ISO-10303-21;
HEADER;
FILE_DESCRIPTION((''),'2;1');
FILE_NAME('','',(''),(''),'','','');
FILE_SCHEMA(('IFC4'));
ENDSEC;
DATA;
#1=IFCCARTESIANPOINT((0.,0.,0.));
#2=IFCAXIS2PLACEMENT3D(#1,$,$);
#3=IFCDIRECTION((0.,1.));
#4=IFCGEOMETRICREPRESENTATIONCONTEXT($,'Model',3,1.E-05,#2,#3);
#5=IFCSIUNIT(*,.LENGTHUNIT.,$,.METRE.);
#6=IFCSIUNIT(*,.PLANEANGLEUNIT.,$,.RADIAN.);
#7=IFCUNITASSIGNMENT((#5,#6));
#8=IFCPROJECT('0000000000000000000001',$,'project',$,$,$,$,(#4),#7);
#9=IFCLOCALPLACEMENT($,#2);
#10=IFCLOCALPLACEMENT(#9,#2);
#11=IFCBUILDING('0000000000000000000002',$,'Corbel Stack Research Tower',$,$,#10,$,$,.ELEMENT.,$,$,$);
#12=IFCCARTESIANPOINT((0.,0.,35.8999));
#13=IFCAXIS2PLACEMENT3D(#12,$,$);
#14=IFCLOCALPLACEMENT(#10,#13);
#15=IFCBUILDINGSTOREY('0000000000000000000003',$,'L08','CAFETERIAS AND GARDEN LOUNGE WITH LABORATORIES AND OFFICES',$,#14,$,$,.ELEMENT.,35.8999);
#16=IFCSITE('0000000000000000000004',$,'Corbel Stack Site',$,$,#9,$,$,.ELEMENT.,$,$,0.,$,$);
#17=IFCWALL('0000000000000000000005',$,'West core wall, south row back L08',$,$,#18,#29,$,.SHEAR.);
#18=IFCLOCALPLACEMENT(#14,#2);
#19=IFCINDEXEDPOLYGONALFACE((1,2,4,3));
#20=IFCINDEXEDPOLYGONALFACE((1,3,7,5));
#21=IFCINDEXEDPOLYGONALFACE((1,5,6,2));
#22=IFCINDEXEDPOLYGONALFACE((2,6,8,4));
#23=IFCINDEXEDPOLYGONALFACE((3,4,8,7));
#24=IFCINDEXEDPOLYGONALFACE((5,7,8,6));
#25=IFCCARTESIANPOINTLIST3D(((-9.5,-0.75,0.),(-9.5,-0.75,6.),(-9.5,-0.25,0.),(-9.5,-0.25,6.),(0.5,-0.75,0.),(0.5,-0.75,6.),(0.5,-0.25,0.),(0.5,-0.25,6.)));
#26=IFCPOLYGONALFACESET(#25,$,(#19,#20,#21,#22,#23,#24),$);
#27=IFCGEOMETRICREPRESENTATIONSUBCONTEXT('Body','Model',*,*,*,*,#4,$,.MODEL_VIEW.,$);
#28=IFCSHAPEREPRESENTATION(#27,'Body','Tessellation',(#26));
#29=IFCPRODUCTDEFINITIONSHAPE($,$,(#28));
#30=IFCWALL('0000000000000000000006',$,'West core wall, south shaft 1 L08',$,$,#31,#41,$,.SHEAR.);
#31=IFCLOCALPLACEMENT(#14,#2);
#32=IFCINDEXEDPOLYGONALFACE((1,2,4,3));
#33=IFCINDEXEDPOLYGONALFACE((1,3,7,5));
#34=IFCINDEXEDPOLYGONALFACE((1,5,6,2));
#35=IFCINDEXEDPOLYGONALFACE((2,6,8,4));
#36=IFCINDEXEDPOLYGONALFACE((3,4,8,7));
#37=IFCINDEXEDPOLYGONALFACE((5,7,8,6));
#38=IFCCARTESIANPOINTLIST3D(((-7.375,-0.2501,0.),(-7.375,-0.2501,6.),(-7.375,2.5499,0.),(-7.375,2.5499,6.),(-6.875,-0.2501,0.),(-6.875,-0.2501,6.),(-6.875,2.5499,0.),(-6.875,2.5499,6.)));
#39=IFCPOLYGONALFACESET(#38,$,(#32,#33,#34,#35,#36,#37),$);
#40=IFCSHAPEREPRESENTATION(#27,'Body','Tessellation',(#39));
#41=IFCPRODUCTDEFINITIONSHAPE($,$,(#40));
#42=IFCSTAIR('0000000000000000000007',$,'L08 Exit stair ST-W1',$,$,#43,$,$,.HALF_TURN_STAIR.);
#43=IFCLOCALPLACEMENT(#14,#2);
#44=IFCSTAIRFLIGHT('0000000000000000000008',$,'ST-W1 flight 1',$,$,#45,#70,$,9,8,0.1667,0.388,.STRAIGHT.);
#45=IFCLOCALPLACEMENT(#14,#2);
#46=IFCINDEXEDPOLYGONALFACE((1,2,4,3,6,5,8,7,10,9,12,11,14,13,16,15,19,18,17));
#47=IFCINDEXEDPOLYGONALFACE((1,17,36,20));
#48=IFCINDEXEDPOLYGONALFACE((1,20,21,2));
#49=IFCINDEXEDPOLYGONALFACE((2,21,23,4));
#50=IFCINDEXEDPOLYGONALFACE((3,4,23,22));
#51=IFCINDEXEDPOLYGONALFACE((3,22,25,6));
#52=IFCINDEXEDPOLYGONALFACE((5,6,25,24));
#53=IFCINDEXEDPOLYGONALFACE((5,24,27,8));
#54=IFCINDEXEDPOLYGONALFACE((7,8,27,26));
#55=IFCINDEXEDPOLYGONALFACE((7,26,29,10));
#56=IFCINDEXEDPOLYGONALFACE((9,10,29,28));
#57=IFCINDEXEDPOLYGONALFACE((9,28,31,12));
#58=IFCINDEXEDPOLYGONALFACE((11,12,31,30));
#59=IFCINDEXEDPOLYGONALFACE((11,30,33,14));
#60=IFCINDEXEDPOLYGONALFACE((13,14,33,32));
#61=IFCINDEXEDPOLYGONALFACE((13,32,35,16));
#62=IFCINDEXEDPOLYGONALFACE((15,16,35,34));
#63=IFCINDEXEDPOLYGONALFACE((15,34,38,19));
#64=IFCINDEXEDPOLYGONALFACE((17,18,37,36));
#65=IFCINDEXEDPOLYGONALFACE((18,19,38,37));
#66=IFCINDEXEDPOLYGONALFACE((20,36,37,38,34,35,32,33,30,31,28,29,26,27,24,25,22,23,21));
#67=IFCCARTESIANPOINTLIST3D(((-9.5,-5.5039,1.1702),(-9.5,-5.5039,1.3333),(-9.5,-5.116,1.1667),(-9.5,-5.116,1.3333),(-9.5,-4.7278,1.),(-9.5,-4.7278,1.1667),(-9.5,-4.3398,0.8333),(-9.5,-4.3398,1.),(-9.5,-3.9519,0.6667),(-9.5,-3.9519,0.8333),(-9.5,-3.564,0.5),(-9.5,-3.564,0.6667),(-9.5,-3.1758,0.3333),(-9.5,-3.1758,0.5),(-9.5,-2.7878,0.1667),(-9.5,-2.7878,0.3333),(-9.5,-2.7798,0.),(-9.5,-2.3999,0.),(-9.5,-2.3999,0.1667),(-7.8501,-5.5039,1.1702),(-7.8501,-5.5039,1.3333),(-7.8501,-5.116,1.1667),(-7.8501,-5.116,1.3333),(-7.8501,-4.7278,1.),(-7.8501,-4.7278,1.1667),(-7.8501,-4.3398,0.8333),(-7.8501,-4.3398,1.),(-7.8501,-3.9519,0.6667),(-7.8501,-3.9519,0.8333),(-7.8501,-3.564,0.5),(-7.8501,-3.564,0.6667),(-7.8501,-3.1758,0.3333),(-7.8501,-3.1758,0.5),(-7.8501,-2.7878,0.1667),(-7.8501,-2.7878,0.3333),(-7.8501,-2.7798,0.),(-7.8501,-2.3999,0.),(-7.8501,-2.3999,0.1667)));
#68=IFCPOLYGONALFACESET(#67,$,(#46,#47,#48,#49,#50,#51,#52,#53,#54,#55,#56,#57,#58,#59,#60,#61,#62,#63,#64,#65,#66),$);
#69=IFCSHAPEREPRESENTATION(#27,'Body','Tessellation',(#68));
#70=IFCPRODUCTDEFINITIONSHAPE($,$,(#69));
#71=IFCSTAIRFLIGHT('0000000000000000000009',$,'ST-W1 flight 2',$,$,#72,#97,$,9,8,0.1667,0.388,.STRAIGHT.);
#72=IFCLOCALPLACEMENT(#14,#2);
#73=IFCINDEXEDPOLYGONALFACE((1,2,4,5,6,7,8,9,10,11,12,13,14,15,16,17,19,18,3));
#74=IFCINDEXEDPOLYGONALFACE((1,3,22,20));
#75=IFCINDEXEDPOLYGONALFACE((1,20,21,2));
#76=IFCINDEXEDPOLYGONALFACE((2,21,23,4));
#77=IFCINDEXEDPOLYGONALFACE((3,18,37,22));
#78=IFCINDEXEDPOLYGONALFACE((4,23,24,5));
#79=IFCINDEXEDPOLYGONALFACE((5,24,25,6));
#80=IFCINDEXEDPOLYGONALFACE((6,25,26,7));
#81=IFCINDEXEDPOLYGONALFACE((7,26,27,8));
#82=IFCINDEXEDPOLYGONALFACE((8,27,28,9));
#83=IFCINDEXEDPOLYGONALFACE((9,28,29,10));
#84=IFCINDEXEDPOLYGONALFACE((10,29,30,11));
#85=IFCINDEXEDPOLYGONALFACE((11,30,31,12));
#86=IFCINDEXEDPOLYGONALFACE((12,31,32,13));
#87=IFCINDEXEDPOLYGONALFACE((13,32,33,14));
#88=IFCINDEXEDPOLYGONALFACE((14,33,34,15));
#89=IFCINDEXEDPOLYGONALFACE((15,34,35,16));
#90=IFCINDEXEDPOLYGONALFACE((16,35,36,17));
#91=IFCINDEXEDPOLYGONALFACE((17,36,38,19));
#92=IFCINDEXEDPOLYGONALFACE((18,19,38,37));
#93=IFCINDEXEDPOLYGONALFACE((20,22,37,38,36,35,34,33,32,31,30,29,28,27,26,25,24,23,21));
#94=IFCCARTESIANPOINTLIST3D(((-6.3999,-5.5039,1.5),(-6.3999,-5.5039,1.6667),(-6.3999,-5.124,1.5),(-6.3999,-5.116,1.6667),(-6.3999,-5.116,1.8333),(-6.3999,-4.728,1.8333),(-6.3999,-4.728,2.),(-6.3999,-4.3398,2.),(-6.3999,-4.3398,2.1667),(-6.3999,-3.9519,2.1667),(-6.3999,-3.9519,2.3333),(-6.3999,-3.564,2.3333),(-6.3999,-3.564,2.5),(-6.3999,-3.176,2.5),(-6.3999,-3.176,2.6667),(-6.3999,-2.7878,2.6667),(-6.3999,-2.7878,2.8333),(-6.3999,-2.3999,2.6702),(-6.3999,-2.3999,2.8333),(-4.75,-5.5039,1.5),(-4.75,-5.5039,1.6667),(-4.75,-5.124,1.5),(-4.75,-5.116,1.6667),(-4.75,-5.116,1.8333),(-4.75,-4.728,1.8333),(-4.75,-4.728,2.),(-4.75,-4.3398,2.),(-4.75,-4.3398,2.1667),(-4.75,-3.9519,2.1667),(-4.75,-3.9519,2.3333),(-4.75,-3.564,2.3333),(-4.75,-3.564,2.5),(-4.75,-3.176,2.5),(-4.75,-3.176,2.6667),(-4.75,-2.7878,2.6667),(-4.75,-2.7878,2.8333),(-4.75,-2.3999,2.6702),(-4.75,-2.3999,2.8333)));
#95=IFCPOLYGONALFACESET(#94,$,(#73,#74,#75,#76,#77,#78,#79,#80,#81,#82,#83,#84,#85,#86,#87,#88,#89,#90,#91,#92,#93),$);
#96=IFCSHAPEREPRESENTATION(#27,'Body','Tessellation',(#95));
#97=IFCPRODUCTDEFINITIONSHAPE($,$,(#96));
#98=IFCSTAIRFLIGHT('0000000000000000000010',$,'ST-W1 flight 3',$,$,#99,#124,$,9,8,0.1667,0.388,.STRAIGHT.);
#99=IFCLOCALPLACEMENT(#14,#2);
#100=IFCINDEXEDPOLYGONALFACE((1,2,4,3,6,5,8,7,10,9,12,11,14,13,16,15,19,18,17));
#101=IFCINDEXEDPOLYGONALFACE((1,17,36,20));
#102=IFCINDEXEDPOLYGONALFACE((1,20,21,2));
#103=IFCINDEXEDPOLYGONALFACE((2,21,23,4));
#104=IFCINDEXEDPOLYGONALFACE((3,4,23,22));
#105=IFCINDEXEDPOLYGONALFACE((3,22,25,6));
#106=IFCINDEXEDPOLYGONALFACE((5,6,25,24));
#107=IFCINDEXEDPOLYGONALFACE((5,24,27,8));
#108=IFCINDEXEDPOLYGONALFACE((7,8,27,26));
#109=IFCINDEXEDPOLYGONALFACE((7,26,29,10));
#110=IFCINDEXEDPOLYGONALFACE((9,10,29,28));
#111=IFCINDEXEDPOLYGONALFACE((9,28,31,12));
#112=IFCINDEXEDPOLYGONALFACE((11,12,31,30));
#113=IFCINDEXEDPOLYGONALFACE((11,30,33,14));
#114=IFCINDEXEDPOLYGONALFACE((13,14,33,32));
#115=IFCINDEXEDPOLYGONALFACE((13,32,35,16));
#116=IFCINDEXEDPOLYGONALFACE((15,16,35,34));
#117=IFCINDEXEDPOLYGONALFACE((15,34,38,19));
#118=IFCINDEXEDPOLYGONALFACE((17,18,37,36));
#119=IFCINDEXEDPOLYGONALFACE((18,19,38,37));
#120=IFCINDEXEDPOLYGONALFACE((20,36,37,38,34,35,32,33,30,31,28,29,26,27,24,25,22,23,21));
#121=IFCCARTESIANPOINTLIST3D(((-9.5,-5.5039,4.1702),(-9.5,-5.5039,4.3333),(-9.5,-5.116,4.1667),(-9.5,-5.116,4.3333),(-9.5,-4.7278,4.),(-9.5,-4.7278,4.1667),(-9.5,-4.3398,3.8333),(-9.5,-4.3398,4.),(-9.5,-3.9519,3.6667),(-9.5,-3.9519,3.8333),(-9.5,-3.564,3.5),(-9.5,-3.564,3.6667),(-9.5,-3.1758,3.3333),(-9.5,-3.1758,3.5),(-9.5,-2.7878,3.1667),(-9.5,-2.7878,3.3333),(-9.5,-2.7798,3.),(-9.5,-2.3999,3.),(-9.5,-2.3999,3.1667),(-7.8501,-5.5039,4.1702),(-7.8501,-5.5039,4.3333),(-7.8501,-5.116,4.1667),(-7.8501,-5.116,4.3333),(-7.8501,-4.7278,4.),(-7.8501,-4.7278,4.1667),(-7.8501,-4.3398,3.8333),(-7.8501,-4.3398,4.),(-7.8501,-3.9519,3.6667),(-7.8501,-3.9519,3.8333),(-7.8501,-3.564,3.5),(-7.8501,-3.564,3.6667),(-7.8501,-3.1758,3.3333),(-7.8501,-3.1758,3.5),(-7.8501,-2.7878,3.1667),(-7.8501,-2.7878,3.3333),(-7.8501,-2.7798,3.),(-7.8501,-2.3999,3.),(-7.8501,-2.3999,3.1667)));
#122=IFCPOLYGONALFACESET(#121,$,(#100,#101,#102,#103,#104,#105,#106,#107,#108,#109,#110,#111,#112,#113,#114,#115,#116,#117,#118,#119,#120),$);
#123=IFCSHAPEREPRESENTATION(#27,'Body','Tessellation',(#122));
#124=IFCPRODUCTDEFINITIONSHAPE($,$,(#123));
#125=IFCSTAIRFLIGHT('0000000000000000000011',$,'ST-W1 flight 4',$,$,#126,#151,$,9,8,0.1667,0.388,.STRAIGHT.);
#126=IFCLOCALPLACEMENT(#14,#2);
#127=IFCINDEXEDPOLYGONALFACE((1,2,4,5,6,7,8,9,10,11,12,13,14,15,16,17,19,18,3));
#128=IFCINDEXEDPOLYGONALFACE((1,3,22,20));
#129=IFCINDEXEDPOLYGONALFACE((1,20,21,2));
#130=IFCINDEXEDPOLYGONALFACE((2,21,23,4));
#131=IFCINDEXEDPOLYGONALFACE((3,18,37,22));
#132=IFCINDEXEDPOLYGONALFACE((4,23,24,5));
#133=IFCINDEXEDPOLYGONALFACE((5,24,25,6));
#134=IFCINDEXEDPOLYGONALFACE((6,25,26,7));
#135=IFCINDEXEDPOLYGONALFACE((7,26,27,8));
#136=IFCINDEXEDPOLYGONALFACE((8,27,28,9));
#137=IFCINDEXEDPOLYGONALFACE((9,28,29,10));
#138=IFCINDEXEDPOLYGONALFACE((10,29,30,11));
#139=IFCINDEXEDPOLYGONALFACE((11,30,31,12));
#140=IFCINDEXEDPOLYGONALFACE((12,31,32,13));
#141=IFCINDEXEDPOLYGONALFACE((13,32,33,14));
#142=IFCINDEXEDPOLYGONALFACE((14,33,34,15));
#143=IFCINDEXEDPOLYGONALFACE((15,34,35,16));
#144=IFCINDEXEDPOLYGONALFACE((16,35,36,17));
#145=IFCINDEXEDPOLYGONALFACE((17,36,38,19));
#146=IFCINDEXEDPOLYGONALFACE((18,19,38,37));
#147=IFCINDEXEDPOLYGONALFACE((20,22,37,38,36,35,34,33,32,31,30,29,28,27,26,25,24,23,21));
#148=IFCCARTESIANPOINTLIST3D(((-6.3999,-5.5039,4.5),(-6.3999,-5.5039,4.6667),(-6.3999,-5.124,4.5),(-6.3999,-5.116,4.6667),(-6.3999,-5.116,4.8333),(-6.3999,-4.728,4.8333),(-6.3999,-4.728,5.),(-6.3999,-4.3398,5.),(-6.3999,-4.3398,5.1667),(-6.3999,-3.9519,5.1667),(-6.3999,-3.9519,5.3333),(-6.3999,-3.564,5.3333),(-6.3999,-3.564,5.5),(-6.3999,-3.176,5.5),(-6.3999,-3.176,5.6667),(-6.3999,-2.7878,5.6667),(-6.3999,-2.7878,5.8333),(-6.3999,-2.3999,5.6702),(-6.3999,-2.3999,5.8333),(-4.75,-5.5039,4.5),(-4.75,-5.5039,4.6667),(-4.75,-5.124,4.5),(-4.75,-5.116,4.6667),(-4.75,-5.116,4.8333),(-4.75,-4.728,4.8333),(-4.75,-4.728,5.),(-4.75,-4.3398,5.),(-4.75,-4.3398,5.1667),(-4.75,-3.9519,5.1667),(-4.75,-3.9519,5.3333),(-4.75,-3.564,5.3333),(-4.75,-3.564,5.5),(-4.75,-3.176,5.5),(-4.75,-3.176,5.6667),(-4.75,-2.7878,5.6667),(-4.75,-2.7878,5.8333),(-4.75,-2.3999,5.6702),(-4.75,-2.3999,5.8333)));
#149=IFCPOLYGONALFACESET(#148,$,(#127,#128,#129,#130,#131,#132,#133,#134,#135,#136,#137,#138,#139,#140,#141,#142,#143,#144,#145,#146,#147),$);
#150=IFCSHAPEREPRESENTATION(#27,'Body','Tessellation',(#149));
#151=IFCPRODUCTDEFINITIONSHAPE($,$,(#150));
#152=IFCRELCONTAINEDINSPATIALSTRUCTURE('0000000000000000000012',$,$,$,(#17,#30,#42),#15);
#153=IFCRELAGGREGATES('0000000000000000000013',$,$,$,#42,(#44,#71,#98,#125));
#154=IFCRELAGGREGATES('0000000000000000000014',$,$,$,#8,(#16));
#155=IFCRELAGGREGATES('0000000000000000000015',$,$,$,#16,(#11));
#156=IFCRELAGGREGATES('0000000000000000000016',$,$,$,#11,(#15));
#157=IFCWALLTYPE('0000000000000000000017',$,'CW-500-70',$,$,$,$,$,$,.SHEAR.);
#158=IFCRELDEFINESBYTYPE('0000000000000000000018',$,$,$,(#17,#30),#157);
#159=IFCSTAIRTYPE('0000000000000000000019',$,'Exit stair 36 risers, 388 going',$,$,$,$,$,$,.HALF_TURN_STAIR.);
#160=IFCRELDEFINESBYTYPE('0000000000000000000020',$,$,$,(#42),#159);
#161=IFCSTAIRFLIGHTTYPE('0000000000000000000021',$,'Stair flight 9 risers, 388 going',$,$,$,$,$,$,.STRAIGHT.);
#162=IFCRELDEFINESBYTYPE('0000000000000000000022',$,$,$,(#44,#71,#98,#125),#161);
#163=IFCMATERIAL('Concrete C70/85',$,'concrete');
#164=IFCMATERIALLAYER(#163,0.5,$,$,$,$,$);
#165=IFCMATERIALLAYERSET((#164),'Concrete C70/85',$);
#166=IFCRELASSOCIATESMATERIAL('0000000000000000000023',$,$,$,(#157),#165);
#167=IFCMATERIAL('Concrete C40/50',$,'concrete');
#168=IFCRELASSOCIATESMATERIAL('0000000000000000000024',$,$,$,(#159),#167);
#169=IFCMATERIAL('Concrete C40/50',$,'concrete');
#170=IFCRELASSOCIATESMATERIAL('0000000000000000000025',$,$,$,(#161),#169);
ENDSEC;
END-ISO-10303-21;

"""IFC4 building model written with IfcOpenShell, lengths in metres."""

from ifc_helpers import new_model, si_unit, direction, frame, frame_2d, origin, place, context, subcontext, project, spatial, polyline, rectangle, outline, extrude, material, layer, layer_set, type_object, element, aggregate, save


model = new_model("IFC4")

# Units and contexts
model_context = context("Model", 3, precision=1e-05, world=origin(), true_north=direction((0.0, 1.0)))
body_context = subcontext(model_context, "Body", "Model", "MODEL_VIEW")
ifc_project = project(units=[si_unit("LENGTHUNIT", "METRE"), si_unit("PLANEANGLEUNIT", "RADIAN")], contexts=[model_context])

# Site, building, storey
site_placement = place(None, origin())
site = spatial("IfcSite", under=ifc_project, at=site_placement, Name="Corbel Stack Site", CompositionType="ELEMENT", RefElevation=0.0)
building_placement = place(site_placement, origin())
building = spatial("IfcBuilding", under=site, at=building_placement, Name="Corbel Stack Research Tower", CompositionType="ELEMENT")
storey_placement = place(building_placement, frame((0.0, 0.0, 35.8999)))
storey = spatial("IfcBuildingStorey", under=building, at=storey_placement, Name="L08", Description="CAFETERIAS AND GARDEN LOUNGE WITH LABORATORIES AND OFFICES", CompositionType="ELEMENT", Elevation=35.8999)

# Walls
ifc_material_1 = material(Name="Concrete C70/85", Category="concrete")
ifc_layer = layer(ifc_material_1, 0.5)
ifc_layer_set = layer_set([ifc_layer], Name="Concrete C70/85")
wall_type = type_object("IfcWallType", Name="CW-500-70", PredefinedType="SHEAR", material=ifc_layer_set)
wall_1_placement = place(storey_placement, frame((-9.5, -0.5, 0.0), z_axis=(0.0, 0.0, 1.0), x_axis=(1.0, 0.0, 0.0)))
element("IfcWall", 1, at=wall_1_placement, inside=storey, type_object=wall_type, Name="West core wall, south row back L08", PredefinedType="SHEAR", context=body_context, shape_type="SweptSolid", body=[
    extrude(rectangle(XDim=10.0, YDim=0.5, at=frame_2d((5.0, 0.0))), origin(), (0.0, 0.0, 1.0), 6.0),
])
wall_2_placement = place(storey_placement, frame((-7.125, -0.25, 0.0), z_axis=(0.0, 0.0, 1.0), x_axis=(0.0, 1.0, 0.0)))
element("IfcWall", 2, at=wall_2_placement, inside=storey, type_object=wall_type, Name="West core wall, south shaft 1 L08", PredefinedType="SHEAR", context=body_context, shape_type="SweptSolid", body=[
    extrude(rectangle(XDim=2.8, YDim=0.5, at=frame_2d((1.3999, 0.0))), origin(), (0.0, 0.0, 1.0), 6.0),
])

# Stair, stair flights
ifc_material_2 = material(Name="Concrete C40/50", Category="concrete")
stair_type = type_object("IfcStairType", Name="Exit stair 36 risers, 388 going", PredefinedType="HALF_TURN_STAIR", material=ifc_material_2)
stair_placement = place(storey_placement, origin())
stair = element("IfcStair", 3, at=stair_placement, inside=storey, type_object=stair_type, Name="L08 Exit stair ST-W1", PredefinedType="HALF_TURN_STAIR")
ifc_material_3 = material(Name="Concrete C40/50", Category="concrete")
stair_flight_type = type_object("IfcStairFlightType", Name="Stair flight 9 risers, 388 going", PredefinedType="STRAIGHT", material=ifc_material_3)
stair_flight_1_placement = place(storey_placement, frame((-8.675, -2.3999, 0.0), z_axis=(0.0, 0.0, 1.0), x_axis=(0.0, -1.0, 0.0)))
stair_flight_1 = element("IfcStairFlight", 4, at=stair_flight_1_placement, type_object=stair_flight_type, Name="ST-W1 flight 1", NumberOfRisers=9, NumberOfTreads=8, PredefinedType="STRAIGHT", RiserHeight=0.1667, TreadLength=0.388, context=body_context, shape_type="SweptSolid", body=[
    extrude(outline(polyline([(0.0, 0.0), (0.0, 0.1667), (0.3879, 0.1667), (0.3879, 0.3333), (0.7759, 0.3333), (0.7759, 0.5), (1.1641, 0.5), (1.1641, 0.6667), (1.552, 0.6667), (1.552, 0.8333), (1.9399, 0.8333), (1.9399, 1.0), (2.3279, 1.0), (2.3279, 1.1667), (2.7161, 1.1667), (2.7161, 1.3333), (3.104, 1.3333), (3.104, 1.5), (3.104, 1.1702), (0.3799, 0.0), (0.0, 0.0)])), frame((0.0, 0.825, 0.0), z_axis=(0.0, -1.0, 0.0), x_axis=(1.0, 0.0, 0.0)), (0.0, 0.0, 1.0), 1.6499),
])
stair_flight_2_placement = place(storey_placement, frame((-5.575, -5.5039, 1.5), z_axis=(0.0, 0.0, 1.0), x_axis=(0.0, 1.0, 0.0)))
stair_flight_2 = element("IfcStairFlight", 5, at=stair_flight_2_placement, type_object=stair_flight_type, Name="ST-W1 flight 2", NumberOfRisers=9, NumberOfTreads=8, PredefinedType="STRAIGHT", RiserHeight=0.1667, TreadLength=0.388, context=body_context, shape_type="SweptSolid", body=[
    extrude(outline(polyline([(0.0, 0.0), (0.0, 0.1667), (0.3879, 0.1667), (0.3879, 0.3333), (0.7759, 0.3333), (0.7759, 0.5), (1.1641, 0.5), (1.1641, 0.6667), (1.552, 0.6667), (1.552, 0.8333), (1.9399, 0.8333), (1.9399, 1.0), (2.3279, 1.0), (2.3279, 1.1667), (2.7161, 1.1667), (2.7161, 1.3333), (3.104, 1.3333), (3.104, 1.5), (3.104, 1.1702), (0.3799, 0.0), (0.0, 0.0)])), frame((0.0, 0.825, 0.0), z_axis=(0.0, -1.0, 0.0), x_axis=(1.0, 0.0, 0.0)), (0.0, 0.0, 1.0), 1.6499),
])
stair_flight_3_placement = place(storey_placement, frame((-8.675, -2.3999, 3.0), z_axis=(0.0, 0.0, 1.0), x_axis=(0.0, -1.0, 0.0)))
stair_flight_3 = element("IfcStairFlight", 6, at=stair_flight_3_placement, type_object=stair_flight_type, Name="ST-W1 flight 3", NumberOfRisers=9, NumberOfTreads=8, PredefinedType="STRAIGHT", RiserHeight=0.1667, TreadLength=0.388, context=body_context, shape_type="SweptSolid", body=[
    extrude(outline(polyline([(0.0, 0.0), (0.0, 0.1667), (0.3879, 0.1667), (0.3879, 0.3333), (0.7759, 0.3333), (0.7759, 0.5), (1.1641, 0.5), (1.1641, 0.6667), (1.552, 0.6667), (1.552, 0.8333), (1.9399, 0.8333), (1.9399, 1.0), (2.3279, 1.0), (2.3279, 1.1667), (2.7161, 1.1667), (2.7161, 1.3333), (3.104, 1.3333), (3.104, 1.5), (3.104, 1.1702), (0.3799, 0.0), (0.0, 0.0)])), frame((0.0, 0.825, 0.0), z_axis=(0.0, -1.0, 0.0), x_axis=(1.0, 0.0, 0.0)), (0.0, 0.0, 1.0), 1.6499),
])
stair_flight_4_placement = place(storey_placement, frame((-5.575, -5.5039, 4.5), z_axis=(0.0, 0.0, 1.0), x_axis=(0.0, 1.0, 0.0)))
stair_flight_4 = element("IfcStairFlight", 7, at=stair_flight_4_placement, type_object=stair_flight_type, Name="ST-W1 flight 4", NumberOfRisers=9, NumberOfTreads=8, PredefinedType="STRAIGHT", RiserHeight=0.1667, TreadLength=0.388, context=body_context, shape_type="SweptSolid", body=[
    extrude(outline(polyline([(0.0, 0.0), (0.0, 0.1667), (0.3879, 0.1667), (0.3879, 0.3333), (0.7759, 0.3333), (0.7759, 0.5), (1.1641, 0.5), (1.1641, 0.6667), (1.552, 0.6667), (1.552, 0.8333), (1.9399, 0.8333), (1.9399, 1.0), (2.3279, 1.0), (2.3279, 1.1667), (2.7161, 1.1667), (2.7161, 1.3333), (3.104, 1.3333), (3.104, 1.5), (3.104, 1.1702), (0.3799, 0.0), (0.0, 0.0)])), frame((0.0, 0.825, 0.0), z_axis=(0.0, -1.0, 0.0), x_axis=(1.0, 0.0, 0.0)), (0.0, 0.0, 1.0), 1.6499),
])
aggregate(stair, [stair_flight_1, stair_flight_2, stair_flight_3, stair_flight_4])

save(model, "model.ifc")
